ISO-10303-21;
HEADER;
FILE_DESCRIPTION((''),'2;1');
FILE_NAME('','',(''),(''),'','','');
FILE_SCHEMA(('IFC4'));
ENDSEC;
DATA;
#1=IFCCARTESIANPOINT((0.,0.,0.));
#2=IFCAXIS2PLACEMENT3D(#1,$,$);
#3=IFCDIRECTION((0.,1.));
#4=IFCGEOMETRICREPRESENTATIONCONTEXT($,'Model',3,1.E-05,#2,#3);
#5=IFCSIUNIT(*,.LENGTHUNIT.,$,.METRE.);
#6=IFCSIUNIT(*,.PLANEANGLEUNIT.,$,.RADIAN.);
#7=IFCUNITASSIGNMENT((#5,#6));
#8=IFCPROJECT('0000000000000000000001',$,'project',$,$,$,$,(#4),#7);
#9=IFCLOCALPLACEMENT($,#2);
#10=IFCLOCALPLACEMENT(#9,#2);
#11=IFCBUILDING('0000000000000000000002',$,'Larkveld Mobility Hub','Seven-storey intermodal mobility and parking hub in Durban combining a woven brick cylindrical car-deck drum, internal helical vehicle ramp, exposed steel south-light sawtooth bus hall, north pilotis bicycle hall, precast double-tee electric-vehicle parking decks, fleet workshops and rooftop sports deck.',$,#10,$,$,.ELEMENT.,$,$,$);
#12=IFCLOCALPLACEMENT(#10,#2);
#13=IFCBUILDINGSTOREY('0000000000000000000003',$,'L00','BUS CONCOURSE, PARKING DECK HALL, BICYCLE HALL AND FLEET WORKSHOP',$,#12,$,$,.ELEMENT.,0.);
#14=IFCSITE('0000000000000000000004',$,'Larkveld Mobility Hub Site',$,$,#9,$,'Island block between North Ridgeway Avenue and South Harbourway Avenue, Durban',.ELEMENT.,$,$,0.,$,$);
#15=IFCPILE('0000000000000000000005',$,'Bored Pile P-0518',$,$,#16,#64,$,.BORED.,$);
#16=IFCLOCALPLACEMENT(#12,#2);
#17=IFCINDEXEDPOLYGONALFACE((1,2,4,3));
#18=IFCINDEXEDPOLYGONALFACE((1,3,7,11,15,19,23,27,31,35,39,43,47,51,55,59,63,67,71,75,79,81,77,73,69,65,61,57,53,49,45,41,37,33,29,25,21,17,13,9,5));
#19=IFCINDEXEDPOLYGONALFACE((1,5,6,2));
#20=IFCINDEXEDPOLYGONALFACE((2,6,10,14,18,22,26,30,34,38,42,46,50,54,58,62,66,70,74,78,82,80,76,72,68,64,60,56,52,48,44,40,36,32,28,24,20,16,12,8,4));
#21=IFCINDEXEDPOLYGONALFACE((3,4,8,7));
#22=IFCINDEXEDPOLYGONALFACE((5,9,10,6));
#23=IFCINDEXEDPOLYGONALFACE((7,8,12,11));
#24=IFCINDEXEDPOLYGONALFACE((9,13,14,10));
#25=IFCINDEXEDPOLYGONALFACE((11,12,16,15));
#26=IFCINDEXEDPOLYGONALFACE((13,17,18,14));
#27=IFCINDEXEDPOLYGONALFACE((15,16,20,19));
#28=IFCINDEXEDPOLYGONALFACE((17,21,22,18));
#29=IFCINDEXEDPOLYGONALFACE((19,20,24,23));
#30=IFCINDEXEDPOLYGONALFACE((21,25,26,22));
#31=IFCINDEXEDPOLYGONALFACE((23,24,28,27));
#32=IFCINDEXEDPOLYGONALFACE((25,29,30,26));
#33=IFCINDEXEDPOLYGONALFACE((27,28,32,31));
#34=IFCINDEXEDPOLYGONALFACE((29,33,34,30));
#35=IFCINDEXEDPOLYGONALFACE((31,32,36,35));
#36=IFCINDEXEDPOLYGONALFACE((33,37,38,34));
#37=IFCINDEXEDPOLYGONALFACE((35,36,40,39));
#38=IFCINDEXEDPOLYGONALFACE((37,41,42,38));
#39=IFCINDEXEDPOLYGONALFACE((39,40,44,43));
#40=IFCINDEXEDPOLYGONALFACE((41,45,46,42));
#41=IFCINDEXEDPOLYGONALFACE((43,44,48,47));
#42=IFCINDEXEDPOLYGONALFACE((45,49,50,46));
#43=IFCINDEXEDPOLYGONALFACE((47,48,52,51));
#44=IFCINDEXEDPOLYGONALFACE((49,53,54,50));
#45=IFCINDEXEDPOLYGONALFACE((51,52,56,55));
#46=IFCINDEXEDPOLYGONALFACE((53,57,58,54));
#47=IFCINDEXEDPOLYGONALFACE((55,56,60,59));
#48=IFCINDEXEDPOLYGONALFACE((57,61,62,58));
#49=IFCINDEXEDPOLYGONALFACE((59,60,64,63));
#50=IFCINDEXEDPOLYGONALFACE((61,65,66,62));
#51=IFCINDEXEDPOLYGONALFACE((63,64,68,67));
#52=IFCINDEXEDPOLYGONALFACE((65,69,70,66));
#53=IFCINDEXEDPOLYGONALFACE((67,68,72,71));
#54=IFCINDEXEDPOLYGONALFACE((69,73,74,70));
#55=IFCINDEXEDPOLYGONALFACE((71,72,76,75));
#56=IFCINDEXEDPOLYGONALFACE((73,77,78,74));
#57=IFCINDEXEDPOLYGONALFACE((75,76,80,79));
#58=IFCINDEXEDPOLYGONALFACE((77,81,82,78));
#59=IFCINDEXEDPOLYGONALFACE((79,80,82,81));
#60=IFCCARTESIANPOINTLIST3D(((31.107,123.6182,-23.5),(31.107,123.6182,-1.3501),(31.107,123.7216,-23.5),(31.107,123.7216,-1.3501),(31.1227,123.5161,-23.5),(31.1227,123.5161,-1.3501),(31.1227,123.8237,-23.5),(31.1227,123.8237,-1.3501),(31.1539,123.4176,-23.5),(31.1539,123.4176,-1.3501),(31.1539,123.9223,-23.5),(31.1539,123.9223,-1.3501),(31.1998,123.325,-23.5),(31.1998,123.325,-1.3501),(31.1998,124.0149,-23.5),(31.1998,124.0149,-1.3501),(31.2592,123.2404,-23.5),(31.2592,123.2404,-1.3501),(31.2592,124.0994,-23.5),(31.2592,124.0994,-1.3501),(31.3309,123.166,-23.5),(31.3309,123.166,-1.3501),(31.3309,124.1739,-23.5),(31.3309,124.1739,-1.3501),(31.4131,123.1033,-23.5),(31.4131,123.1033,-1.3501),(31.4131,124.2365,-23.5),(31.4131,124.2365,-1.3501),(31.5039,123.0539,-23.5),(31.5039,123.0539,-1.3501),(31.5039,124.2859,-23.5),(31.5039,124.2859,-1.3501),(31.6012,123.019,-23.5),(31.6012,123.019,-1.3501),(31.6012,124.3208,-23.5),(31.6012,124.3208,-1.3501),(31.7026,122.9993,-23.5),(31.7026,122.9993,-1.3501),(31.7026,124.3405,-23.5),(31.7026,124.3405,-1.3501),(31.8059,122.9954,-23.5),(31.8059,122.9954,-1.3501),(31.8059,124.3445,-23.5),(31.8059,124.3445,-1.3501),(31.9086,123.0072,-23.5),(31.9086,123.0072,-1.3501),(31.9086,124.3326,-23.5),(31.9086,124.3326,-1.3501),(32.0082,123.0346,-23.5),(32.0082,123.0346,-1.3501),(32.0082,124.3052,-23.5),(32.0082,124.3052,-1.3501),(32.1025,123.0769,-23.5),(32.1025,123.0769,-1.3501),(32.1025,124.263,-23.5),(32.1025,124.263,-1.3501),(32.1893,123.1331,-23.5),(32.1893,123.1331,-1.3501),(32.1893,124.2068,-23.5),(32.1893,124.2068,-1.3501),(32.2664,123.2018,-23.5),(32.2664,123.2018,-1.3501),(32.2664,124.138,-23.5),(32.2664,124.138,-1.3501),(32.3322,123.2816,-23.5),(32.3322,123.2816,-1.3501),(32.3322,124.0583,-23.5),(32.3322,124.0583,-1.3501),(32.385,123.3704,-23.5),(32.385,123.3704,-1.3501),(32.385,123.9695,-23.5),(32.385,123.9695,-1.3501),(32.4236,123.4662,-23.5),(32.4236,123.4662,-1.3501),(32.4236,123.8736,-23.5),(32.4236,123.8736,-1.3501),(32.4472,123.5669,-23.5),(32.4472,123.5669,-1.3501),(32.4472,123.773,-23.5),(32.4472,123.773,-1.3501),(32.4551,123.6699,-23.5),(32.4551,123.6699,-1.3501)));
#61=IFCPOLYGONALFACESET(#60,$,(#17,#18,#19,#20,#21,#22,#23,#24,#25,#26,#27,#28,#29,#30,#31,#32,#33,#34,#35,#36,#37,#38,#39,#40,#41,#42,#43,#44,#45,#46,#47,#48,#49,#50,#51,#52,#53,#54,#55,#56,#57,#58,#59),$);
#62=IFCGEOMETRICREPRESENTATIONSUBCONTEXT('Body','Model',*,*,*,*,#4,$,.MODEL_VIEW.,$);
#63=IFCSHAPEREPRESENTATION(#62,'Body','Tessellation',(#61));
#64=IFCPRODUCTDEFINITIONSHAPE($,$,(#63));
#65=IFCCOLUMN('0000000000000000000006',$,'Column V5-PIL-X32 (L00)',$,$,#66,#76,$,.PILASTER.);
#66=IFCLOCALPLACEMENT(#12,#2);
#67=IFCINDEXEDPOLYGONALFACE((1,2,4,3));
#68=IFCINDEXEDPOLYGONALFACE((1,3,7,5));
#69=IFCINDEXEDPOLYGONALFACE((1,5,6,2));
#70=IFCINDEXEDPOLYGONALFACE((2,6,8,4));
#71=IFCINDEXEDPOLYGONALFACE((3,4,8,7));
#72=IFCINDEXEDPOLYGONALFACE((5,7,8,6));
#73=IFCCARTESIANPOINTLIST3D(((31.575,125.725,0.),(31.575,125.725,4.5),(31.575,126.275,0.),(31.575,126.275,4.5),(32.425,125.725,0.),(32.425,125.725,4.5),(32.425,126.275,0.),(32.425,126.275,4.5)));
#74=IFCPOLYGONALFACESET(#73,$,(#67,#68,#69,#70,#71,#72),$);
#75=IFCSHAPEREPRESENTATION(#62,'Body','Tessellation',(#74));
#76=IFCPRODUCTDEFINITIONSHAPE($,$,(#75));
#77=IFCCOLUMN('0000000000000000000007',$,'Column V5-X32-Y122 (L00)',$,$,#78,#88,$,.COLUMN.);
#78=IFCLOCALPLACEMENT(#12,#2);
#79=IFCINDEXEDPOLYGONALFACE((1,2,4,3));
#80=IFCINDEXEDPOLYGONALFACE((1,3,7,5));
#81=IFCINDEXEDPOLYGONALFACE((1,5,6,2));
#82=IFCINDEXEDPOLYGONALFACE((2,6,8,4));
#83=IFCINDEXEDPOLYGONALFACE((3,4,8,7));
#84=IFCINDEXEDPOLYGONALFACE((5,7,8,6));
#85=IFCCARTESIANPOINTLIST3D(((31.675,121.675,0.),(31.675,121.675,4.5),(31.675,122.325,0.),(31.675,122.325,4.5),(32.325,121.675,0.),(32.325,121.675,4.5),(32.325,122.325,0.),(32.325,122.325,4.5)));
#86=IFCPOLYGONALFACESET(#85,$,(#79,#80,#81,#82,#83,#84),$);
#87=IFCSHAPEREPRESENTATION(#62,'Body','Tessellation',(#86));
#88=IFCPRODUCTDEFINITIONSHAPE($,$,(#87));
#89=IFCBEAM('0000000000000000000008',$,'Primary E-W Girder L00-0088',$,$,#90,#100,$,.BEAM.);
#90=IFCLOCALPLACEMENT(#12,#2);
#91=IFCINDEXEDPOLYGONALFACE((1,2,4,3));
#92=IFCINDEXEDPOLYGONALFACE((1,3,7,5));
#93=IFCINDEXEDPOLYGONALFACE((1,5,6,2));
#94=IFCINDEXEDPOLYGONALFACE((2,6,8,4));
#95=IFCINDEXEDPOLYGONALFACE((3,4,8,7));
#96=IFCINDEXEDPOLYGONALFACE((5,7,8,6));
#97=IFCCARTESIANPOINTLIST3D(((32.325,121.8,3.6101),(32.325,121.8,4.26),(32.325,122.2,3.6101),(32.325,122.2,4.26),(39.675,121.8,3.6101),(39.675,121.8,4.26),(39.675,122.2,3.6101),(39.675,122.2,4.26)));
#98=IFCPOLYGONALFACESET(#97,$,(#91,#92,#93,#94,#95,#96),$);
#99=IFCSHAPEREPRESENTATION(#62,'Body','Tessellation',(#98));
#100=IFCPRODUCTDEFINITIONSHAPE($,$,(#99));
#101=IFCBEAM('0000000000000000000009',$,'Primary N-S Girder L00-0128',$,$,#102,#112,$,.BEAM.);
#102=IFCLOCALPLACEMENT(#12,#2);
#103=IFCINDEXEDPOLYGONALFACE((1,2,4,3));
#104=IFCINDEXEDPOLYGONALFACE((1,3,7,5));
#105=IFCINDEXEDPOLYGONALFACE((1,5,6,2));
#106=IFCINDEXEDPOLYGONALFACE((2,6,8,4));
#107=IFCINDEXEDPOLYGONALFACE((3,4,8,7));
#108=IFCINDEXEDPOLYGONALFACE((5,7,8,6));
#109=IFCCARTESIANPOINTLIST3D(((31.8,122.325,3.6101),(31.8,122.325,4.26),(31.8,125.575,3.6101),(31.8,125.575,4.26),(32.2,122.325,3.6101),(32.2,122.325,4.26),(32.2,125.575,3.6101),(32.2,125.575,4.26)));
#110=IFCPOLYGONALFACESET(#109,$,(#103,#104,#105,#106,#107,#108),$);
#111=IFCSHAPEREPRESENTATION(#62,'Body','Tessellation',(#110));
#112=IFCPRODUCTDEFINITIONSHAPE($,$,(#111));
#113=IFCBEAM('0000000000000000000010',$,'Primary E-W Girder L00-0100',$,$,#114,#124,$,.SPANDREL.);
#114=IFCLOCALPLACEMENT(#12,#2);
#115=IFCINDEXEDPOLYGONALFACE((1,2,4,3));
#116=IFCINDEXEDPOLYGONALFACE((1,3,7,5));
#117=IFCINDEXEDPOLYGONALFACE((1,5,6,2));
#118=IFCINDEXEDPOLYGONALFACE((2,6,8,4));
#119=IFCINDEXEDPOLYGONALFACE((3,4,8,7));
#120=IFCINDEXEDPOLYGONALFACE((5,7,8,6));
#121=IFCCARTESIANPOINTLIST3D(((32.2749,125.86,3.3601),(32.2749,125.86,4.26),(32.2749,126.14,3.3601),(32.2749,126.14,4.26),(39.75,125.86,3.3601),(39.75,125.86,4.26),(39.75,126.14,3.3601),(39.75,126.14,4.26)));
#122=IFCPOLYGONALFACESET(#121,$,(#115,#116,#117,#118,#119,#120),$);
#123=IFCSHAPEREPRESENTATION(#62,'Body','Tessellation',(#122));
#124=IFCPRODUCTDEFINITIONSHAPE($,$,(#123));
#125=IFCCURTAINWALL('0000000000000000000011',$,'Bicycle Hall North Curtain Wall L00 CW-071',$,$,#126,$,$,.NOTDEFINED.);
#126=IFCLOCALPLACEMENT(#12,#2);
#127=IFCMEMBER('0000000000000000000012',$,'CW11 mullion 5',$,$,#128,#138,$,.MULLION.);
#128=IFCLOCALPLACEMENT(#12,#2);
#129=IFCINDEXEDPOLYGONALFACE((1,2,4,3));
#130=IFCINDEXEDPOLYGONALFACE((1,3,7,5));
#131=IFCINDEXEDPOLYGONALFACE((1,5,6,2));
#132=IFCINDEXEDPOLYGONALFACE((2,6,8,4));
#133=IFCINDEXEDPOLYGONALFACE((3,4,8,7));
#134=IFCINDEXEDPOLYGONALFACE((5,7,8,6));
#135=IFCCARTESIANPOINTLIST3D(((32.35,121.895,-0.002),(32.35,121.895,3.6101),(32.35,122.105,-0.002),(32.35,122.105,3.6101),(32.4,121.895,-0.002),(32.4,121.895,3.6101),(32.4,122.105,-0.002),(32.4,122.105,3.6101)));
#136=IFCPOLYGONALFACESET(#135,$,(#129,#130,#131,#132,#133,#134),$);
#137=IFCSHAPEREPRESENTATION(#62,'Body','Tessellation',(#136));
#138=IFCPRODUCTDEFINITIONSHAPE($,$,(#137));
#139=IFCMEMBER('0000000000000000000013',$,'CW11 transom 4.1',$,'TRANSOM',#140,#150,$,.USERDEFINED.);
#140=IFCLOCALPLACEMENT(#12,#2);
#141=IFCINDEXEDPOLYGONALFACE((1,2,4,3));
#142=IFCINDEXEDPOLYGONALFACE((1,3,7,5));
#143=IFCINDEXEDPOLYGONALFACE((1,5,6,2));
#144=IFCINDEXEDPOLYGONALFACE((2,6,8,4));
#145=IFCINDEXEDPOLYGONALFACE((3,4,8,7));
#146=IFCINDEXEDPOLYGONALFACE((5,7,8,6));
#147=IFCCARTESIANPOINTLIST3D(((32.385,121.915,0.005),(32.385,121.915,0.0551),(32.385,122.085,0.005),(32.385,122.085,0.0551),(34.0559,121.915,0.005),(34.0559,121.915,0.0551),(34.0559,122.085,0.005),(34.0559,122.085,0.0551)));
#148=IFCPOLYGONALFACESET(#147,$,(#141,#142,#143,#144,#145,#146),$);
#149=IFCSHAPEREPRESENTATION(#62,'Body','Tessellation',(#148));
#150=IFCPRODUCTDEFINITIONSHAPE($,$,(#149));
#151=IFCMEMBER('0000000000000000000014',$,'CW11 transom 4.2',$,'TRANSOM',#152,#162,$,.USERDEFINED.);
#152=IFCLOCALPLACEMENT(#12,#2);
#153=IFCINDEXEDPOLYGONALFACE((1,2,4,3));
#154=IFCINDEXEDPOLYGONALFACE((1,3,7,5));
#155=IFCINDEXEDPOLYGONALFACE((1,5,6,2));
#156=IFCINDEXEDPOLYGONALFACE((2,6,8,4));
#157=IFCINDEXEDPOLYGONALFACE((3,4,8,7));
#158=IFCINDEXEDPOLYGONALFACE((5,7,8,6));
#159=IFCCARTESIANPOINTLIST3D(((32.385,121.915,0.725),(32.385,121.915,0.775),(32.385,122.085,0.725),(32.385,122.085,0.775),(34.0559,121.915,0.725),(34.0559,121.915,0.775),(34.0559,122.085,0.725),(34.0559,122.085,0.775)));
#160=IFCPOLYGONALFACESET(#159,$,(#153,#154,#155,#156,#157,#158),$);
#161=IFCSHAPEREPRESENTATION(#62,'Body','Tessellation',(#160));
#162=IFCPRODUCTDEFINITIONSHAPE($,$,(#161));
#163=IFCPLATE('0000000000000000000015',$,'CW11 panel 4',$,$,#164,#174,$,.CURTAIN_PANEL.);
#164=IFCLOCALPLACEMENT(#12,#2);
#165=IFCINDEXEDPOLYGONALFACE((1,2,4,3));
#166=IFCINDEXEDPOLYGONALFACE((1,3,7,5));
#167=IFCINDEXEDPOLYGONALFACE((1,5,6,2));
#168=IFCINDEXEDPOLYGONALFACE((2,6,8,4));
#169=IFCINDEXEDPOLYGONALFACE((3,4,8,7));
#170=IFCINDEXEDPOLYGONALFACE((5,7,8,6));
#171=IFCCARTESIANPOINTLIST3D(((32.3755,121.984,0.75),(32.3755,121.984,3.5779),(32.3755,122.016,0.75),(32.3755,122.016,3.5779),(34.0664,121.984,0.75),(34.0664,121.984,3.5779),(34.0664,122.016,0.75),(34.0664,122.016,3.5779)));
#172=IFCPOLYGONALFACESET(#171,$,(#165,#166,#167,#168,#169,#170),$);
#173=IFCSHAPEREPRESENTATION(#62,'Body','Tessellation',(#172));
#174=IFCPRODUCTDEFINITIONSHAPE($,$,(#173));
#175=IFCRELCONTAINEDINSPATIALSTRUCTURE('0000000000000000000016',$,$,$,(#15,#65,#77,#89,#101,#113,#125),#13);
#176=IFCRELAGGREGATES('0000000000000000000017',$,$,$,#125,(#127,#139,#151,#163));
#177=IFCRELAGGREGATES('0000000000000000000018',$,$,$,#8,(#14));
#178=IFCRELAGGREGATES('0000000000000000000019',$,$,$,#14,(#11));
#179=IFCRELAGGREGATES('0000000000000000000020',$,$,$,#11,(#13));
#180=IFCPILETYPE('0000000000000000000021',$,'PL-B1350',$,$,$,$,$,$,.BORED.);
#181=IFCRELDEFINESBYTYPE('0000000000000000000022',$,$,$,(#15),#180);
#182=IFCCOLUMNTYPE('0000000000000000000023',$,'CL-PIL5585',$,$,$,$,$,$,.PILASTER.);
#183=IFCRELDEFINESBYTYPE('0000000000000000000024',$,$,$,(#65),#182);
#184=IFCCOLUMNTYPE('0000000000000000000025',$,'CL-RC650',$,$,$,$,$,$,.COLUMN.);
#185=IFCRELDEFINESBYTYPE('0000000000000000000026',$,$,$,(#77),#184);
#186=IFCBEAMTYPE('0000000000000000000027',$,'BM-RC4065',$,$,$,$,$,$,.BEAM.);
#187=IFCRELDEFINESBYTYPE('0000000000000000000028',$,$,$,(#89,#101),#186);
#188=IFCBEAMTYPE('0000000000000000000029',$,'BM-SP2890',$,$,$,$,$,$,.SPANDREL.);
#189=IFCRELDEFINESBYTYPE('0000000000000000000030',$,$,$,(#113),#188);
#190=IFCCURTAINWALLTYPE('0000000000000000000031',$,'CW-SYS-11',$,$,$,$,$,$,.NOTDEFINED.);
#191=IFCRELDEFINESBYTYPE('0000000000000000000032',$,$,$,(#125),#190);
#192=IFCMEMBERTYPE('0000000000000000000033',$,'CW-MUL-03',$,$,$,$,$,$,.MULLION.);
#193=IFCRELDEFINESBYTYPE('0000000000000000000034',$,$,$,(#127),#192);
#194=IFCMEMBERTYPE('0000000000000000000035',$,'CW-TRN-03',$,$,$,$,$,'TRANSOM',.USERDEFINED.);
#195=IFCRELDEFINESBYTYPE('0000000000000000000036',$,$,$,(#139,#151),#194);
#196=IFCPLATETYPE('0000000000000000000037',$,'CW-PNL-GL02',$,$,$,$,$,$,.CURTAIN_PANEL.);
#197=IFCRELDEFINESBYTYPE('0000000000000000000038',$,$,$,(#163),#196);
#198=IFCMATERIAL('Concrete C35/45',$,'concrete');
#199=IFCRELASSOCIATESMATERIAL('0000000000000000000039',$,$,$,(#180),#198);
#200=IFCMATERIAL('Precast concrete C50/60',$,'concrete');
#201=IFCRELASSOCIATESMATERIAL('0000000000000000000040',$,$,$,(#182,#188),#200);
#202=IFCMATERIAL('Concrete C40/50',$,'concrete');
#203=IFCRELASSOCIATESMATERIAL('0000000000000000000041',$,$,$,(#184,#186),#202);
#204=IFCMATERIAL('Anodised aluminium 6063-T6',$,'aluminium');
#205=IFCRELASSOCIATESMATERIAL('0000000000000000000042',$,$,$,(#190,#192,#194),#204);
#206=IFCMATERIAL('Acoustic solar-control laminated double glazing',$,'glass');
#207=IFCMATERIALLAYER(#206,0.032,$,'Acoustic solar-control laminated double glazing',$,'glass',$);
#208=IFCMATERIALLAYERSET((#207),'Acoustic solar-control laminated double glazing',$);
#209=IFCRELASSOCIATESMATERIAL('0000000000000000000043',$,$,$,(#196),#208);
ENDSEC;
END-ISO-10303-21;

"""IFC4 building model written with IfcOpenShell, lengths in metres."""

from ifc_helpers import new_model, si_unit, direction, frame, origin, origin_2d, place, context, subcontext, project, spatial, rectangle, circle, extrude, material, layer, layer_set, material_profile, profile_set, type_object, element, aggregate, save


model = new_model("IFC4")

# Units and contexts
model_context = context("Model", 3, precision=1e-05, world=origin(), true_north=direction((0.0, 1.0)))
body_context = subcontext(model_context, "Body", "Model", "MODEL_VIEW")
ifc_project = project(units=[si_unit("LENGTHUNIT", "METRE"), si_unit("PLANEANGLEUNIT", "RADIAN")], contexts=[model_context])

# Site, building, storey
site_placement = place(None, origin())
site = spatial("IfcSite", under=ifc_project, at=site_placement, Name="Larkveld Mobility Hub Site", LongName="Island block between North Ridgeway Avenue and South Harbourway Avenue, Durban", CompositionType="ELEMENT", RefElevation=0.0)
building_placement = place(site_placement, origin())
building = spatial("IfcBuilding", under=site, at=building_placement, Name="Larkveld Mobility Hub", Description="Seven-storey intermodal mobility and parking hub in Durban combining a woven brick cylindrical car-deck drum, internal helical vehicle ramp, exposed steel south-light sawtooth bus hall, north pilotis bicycle hall, precast double-tee electric-vehicle parking decks, fleet workshops and rooftop sports deck.", CompositionType="ELEMENT")
storey_placement = place(building_placement, origin())
storey = spatial("IfcBuildingStorey", under=building, at=storey_placement, Name="L00", Description="BUS CONCOURSE, PARKING DECK HALL, BICYCLE HALL AND FLEET WORKSHOP", CompositionType="ELEMENT", Elevation=0.0)

# Shared definitions
ifc_material_1 = material(Name="Concrete C35/45", Category="concrete")

# Pile
ifc_material_profile_1 = material_profile(ifc_material_1, circle(Radius=0.675, at=origin_2d()), Name="PILE D1350")
ifc_profile_set_1 = profile_set([ifc_material_profile_1], Name="Concrete C35/45")
pile_type = type_object("IfcPileType", Name="PL-B1350", PredefinedType="BORED", material=ifc_profile_set_1)
for number, where, z_axis, x_axis, name in (
    (1, (31.78, 123.6699, -1.3501), (0.0, 0.0, -1.0), (1.0, 0.0, 0.0), "Bored Pile P-0518"),
):
    element("IfcPile", number, at=place(storey_placement, frame(where, z_axis=z_axis, x_axis=x_axis)), inside=storey, type_object=pile_type, Name=name, PredefinedType="BORED", context=body_context, shape_type="SweptSolid", body=[
        extrude(circle(Radius=0.675, at=origin_2d()), origin(), (0.0, 0.0, 1.0), 22.1499),
    ])

# Columns
ifc_material_2 = material(Name="Precast concrete C50/60", Category="concrete")
ifc_material_profile_2 = material_profile(ifc_material_2, rectangle(XDim=0.55, YDim=0.8501, at=origin_2d()), Name="PC PIL 550x850")
ifc_profile_set_2 = profile_set([ifc_material_profile_2], Name="Precast concrete C50/60")
column_type_1 = type_object("IfcColumnType", Name="CL-PIL5585", PredefinedType="PILASTER", material=ifc_profile_set_2)
column_1_placement = place(storey_placement, frame((32.0, 126.0, 0.0), z_axis=(0.0, 0.0, 1.0), x_axis=(0.0, 1.0, 0.0)))
element("IfcColumn", 2, at=column_1_placement, inside=storey, type_object=column_type_1, Name="Column V5-PIL-X32 (L00)", PredefinedType="PILASTER", context=body_context, shape_type="SweptSolid", body=[
    extrude(rectangle(XDim=0.55, YDim=0.8501, at=origin_2d()), origin(), (0.0, 0.0, 1.0), 4.5),
])
ifc_material_3 = material(Name="Concrete C40/50", Category="concrete")
ifc_material_profile_3 = material_profile(ifc_material_3, rectangle(XDim=0.6499, YDim=0.6499, at=origin_2d()), Name="RC COL 650x650")
ifc_profile_set_3 = profile_set([ifc_material_profile_3], Name="Concrete C40/50")
column_type_2 = type_object("IfcColumnType", Name="CL-RC650", PredefinedType="COLUMN", material=ifc_profile_set_3)
column_2_placement = place(storey_placement, frame((32.0, 122.0, 0.0), z_axis=(0.0, 0.0, 1.0), x_axis=(1.0, 0.0, 0.0)))
element("IfcColumn", 3, at=column_2_placement, inside=storey, type_object=column_type_2, Name="Column V5-X32-Y122 (L00)", PredefinedType="COLUMN", context=body_context, shape_type="SweptSolid", body=[
    extrude(rectangle(XDim=0.6499, YDim=0.6499, at=origin_2d()), origin(), (0.0, 0.0, 1.0), 4.5),
])

# Beams
ifc_material_profile_4 = material_profile(ifc_material_3, rectangle(XDim=0.3999, YDim=0.6499, at=origin_2d()), Name="RC BM 400x650")
ifc_profile_set_4 = profile_set([ifc_material_profile_4], Name="Concrete C40/50")
beam_type_1 = type_object("IfcBeamType", Name="BM-RC4065", PredefinedType="BEAM", material=ifc_profile_set_4)
beam_1_placement = place(storey_placement, frame((32.325, 122.0, 3.9351), z_axis=(1.0, 0.0, 0.0), x_axis=(0.0, 1.0, 0.0)))
element("IfcBeam", 4, at=beam_1_placement, inside=storey, type_object=beam_type_1, Name="Primary E-W Girder L00-0088", PredefinedType="BEAM", context=body_context, shape_type="SweptSolid", body=[
    extrude(rectangle(XDim=0.3999, YDim=0.6499, at=origin_2d()), origin(), (0.0, 0.0, 1.0), 7.3501),
])
beam_2_placement = place(storey_placement, frame((32.0, 122.325, 3.9351), z_axis=(0.0, 1.0, 0.0), x_axis=(-1.0, 0.0, 0.0)))
element("IfcBeam", 5, at=beam_2_placement, inside=storey, type_object=beam_type_1, Name="Primary N-S Girder L00-0128", PredefinedType="BEAM", context=body_context, shape_type="SweptSolid", body=[
    extrude(rectangle(XDim=0.3999, YDim=0.6499, at=origin_2d()), origin(), (0.0, 0.0, 1.0), 3.25),
])
ifc_material_profile_5 = material_profile(ifc_material_2, rectangle(XDim=0.28, YDim=0.8999, at=origin_2d()), Name="PC SP 280x900")
ifc_profile_set_5 = profile_set([ifc_material_profile_5], Name="Precast concrete C50/60")
beam_type_2 = type_object("IfcBeamType", Name="BM-SP2890", PredefinedType="SPANDREL", material=ifc_profile_set_5)
beam_3_placement = place(storey_placement, frame((32.2749, 126.0, 3.8101), z_axis=(1.0, 0.0, 0.0), x_axis=(0.0, 1.0, 0.0)))
element("IfcBeam", 6, at=beam_3_placement, inside=storey, type_object=beam_type_2, Name="Primary E-W Girder L00-0100", PredefinedType="SPANDREL", context=body_context, shape_type="SweptSolid", body=[
    extrude(rectangle(XDim=0.28, YDim=0.8999, at=origin_2d()), origin(), (0.0, 0.0, 1.0), 7.4751),
])

# Curtain wall, members, plate
ifc_material_4 = material(Name="Anodised aluminium 6063-T6", Category="aluminium")
curtain_wall_type = type_object("IfcCurtainWallType", Name="CW-SYS-11", PredefinedType="NOTDEFINED", material=ifc_material_4)
curtain_wall_placement = place(storey_placement, origin())
curtain_wall = element("IfcCurtainWall", 7, at=curtain_wall_placement, inside=storey, type_object=curtain_wall_type, Name="Bicycle Hall North Curtain Wall L00 CW-071", PredefinedType="NOTDEFINED")
ifc_material_profile_6 = material_profile(ifc_material_4, rectangle(XDim=0.05, YDim=0.21, at=origin_2d()), Name="ALU MULL 50x210")
ifc_profile_set_6 = profile_set([ifc_material_profile_6], Name="Anodised aluminium 6063-T6")
member_type_1 = type_object("IfcMemberType", Name="CW-MUL-03", PredefinedType="MULLION", material=ifc_profile_set_6)
member_1_placement = place(storey_placement, frame((32.375, 122.0, -0.002), z_axis=(0.0, 0.0, 1.0), x_axis=(-1.0, 0.0, 0.0)))
member_1 = element("IfcMember", 8, at=member_1_placement, type_object=member_type_1, Name="CW11 mullion 5", PredefinedType="MULLION", context=body_context, shape_type="SweptSolid", body=[
    extrude(rectangle(XDim=0.05, YDim=0.21, at=origin_2d()), origin(), (0.0, 0.0, 1.0), 3.6121),
])
ifc_material_profile_7 = material_profile(ifc_material_4, rectangle(XDim=0.1699, YDim=0.05, at=origin_2d()), Name="ALU TRAN 50x170")
ifc_profile_set_7 = profile_set([ifc_material_profile_7], Name="Anodised aluminium 6063-T6")
member_type_2 = type_object("IfcMemberType", Name="CW-TRN-03", ElementType="TRANSOM", PredefinedType="USERDEFINED", material=ifc_profile_set_7)
member_2_placement = place(storey_placement, frame((34.0559, 122.0, 0.03), z_axis=(-1.0, 0.0, 0.0), x_axis=(0.0, -1.0, 0.0)))
member_2 = element("IfcMember", 9, at=member_2_placement, type_object=member_type_2, Name="CW11 transom 4.1", ObjectType="TRANSOM", PredefinedType="USERDEFINED", context=body_context, shape_type="SweptSolid", body=[
    extrude(rectangle(XDim=0.1699, YDim=0.05, at=origin_2d()), origin(), (0.0, 0.0, 1.0), 1.6709),
])
member_3_placement = place(storey_placement, frame((34.0559, 122.0, 0.75), z_axis=(-1.0, 0.0, 0.0), x_axis=(0.0, -1.0, 0.0)))
member_3 = element("IfcMember", 10, at=member_3_placement, type_object=member_type_2, Name="CW11 transom 4.2", ObjectType="TRANSOM", PredefinedType="USERDEFINED", context=body_context, shape_type="SweptSolid", body=[
    extrude(rectangle(XDim=0.1699, YDim=0.05, at=origin_2d()), origin(), (0.0, 0.0, 1.0), 1.6709),
])
ifc_material_5 = material(Name="Acoustic solar-control laminated double glazing", Category="glass")
ifc_layer_1 = layer(ifc_material_5, 0.032, Name="Acoustic solar-control laminated double glazing", Category="glass")
ifc_layer_set_1 = layer_set([ifc_layer_1], Name="Acoustic solar-control laminated double glazing")
plate_type_1 = type_object("IfcPlateType", Name="CW-PNL-GL02", PredefinedType="CURTAIN_PANEL", material=ifc_layer_set_1)
plate_1_placement = place(storey_placement, frame((33.2209, 122.0, 0.75), z_axis=(0.0, 0.0, 1.0), x_axis=(-1.0, 0.0, 0.0)))
plate_1 = element("IfcPlate", 11, at=plate_1_placement, type_object=plate_type_1, Name="CW11 panel 4", PredefinedType="CURTAIN_PANEL", context=body_context, shape_type="SweptSolid", body=[
    extrude(rectangle(XDim=1.6909, YDim=0.032, at=origin_2d()), origin(), (0.0, 0.0, 1.0), 2.8279),
])
aggregate(curtain_wall, [member_1, member_2, member_3, plate_1])

save(model, "model.ifc")
